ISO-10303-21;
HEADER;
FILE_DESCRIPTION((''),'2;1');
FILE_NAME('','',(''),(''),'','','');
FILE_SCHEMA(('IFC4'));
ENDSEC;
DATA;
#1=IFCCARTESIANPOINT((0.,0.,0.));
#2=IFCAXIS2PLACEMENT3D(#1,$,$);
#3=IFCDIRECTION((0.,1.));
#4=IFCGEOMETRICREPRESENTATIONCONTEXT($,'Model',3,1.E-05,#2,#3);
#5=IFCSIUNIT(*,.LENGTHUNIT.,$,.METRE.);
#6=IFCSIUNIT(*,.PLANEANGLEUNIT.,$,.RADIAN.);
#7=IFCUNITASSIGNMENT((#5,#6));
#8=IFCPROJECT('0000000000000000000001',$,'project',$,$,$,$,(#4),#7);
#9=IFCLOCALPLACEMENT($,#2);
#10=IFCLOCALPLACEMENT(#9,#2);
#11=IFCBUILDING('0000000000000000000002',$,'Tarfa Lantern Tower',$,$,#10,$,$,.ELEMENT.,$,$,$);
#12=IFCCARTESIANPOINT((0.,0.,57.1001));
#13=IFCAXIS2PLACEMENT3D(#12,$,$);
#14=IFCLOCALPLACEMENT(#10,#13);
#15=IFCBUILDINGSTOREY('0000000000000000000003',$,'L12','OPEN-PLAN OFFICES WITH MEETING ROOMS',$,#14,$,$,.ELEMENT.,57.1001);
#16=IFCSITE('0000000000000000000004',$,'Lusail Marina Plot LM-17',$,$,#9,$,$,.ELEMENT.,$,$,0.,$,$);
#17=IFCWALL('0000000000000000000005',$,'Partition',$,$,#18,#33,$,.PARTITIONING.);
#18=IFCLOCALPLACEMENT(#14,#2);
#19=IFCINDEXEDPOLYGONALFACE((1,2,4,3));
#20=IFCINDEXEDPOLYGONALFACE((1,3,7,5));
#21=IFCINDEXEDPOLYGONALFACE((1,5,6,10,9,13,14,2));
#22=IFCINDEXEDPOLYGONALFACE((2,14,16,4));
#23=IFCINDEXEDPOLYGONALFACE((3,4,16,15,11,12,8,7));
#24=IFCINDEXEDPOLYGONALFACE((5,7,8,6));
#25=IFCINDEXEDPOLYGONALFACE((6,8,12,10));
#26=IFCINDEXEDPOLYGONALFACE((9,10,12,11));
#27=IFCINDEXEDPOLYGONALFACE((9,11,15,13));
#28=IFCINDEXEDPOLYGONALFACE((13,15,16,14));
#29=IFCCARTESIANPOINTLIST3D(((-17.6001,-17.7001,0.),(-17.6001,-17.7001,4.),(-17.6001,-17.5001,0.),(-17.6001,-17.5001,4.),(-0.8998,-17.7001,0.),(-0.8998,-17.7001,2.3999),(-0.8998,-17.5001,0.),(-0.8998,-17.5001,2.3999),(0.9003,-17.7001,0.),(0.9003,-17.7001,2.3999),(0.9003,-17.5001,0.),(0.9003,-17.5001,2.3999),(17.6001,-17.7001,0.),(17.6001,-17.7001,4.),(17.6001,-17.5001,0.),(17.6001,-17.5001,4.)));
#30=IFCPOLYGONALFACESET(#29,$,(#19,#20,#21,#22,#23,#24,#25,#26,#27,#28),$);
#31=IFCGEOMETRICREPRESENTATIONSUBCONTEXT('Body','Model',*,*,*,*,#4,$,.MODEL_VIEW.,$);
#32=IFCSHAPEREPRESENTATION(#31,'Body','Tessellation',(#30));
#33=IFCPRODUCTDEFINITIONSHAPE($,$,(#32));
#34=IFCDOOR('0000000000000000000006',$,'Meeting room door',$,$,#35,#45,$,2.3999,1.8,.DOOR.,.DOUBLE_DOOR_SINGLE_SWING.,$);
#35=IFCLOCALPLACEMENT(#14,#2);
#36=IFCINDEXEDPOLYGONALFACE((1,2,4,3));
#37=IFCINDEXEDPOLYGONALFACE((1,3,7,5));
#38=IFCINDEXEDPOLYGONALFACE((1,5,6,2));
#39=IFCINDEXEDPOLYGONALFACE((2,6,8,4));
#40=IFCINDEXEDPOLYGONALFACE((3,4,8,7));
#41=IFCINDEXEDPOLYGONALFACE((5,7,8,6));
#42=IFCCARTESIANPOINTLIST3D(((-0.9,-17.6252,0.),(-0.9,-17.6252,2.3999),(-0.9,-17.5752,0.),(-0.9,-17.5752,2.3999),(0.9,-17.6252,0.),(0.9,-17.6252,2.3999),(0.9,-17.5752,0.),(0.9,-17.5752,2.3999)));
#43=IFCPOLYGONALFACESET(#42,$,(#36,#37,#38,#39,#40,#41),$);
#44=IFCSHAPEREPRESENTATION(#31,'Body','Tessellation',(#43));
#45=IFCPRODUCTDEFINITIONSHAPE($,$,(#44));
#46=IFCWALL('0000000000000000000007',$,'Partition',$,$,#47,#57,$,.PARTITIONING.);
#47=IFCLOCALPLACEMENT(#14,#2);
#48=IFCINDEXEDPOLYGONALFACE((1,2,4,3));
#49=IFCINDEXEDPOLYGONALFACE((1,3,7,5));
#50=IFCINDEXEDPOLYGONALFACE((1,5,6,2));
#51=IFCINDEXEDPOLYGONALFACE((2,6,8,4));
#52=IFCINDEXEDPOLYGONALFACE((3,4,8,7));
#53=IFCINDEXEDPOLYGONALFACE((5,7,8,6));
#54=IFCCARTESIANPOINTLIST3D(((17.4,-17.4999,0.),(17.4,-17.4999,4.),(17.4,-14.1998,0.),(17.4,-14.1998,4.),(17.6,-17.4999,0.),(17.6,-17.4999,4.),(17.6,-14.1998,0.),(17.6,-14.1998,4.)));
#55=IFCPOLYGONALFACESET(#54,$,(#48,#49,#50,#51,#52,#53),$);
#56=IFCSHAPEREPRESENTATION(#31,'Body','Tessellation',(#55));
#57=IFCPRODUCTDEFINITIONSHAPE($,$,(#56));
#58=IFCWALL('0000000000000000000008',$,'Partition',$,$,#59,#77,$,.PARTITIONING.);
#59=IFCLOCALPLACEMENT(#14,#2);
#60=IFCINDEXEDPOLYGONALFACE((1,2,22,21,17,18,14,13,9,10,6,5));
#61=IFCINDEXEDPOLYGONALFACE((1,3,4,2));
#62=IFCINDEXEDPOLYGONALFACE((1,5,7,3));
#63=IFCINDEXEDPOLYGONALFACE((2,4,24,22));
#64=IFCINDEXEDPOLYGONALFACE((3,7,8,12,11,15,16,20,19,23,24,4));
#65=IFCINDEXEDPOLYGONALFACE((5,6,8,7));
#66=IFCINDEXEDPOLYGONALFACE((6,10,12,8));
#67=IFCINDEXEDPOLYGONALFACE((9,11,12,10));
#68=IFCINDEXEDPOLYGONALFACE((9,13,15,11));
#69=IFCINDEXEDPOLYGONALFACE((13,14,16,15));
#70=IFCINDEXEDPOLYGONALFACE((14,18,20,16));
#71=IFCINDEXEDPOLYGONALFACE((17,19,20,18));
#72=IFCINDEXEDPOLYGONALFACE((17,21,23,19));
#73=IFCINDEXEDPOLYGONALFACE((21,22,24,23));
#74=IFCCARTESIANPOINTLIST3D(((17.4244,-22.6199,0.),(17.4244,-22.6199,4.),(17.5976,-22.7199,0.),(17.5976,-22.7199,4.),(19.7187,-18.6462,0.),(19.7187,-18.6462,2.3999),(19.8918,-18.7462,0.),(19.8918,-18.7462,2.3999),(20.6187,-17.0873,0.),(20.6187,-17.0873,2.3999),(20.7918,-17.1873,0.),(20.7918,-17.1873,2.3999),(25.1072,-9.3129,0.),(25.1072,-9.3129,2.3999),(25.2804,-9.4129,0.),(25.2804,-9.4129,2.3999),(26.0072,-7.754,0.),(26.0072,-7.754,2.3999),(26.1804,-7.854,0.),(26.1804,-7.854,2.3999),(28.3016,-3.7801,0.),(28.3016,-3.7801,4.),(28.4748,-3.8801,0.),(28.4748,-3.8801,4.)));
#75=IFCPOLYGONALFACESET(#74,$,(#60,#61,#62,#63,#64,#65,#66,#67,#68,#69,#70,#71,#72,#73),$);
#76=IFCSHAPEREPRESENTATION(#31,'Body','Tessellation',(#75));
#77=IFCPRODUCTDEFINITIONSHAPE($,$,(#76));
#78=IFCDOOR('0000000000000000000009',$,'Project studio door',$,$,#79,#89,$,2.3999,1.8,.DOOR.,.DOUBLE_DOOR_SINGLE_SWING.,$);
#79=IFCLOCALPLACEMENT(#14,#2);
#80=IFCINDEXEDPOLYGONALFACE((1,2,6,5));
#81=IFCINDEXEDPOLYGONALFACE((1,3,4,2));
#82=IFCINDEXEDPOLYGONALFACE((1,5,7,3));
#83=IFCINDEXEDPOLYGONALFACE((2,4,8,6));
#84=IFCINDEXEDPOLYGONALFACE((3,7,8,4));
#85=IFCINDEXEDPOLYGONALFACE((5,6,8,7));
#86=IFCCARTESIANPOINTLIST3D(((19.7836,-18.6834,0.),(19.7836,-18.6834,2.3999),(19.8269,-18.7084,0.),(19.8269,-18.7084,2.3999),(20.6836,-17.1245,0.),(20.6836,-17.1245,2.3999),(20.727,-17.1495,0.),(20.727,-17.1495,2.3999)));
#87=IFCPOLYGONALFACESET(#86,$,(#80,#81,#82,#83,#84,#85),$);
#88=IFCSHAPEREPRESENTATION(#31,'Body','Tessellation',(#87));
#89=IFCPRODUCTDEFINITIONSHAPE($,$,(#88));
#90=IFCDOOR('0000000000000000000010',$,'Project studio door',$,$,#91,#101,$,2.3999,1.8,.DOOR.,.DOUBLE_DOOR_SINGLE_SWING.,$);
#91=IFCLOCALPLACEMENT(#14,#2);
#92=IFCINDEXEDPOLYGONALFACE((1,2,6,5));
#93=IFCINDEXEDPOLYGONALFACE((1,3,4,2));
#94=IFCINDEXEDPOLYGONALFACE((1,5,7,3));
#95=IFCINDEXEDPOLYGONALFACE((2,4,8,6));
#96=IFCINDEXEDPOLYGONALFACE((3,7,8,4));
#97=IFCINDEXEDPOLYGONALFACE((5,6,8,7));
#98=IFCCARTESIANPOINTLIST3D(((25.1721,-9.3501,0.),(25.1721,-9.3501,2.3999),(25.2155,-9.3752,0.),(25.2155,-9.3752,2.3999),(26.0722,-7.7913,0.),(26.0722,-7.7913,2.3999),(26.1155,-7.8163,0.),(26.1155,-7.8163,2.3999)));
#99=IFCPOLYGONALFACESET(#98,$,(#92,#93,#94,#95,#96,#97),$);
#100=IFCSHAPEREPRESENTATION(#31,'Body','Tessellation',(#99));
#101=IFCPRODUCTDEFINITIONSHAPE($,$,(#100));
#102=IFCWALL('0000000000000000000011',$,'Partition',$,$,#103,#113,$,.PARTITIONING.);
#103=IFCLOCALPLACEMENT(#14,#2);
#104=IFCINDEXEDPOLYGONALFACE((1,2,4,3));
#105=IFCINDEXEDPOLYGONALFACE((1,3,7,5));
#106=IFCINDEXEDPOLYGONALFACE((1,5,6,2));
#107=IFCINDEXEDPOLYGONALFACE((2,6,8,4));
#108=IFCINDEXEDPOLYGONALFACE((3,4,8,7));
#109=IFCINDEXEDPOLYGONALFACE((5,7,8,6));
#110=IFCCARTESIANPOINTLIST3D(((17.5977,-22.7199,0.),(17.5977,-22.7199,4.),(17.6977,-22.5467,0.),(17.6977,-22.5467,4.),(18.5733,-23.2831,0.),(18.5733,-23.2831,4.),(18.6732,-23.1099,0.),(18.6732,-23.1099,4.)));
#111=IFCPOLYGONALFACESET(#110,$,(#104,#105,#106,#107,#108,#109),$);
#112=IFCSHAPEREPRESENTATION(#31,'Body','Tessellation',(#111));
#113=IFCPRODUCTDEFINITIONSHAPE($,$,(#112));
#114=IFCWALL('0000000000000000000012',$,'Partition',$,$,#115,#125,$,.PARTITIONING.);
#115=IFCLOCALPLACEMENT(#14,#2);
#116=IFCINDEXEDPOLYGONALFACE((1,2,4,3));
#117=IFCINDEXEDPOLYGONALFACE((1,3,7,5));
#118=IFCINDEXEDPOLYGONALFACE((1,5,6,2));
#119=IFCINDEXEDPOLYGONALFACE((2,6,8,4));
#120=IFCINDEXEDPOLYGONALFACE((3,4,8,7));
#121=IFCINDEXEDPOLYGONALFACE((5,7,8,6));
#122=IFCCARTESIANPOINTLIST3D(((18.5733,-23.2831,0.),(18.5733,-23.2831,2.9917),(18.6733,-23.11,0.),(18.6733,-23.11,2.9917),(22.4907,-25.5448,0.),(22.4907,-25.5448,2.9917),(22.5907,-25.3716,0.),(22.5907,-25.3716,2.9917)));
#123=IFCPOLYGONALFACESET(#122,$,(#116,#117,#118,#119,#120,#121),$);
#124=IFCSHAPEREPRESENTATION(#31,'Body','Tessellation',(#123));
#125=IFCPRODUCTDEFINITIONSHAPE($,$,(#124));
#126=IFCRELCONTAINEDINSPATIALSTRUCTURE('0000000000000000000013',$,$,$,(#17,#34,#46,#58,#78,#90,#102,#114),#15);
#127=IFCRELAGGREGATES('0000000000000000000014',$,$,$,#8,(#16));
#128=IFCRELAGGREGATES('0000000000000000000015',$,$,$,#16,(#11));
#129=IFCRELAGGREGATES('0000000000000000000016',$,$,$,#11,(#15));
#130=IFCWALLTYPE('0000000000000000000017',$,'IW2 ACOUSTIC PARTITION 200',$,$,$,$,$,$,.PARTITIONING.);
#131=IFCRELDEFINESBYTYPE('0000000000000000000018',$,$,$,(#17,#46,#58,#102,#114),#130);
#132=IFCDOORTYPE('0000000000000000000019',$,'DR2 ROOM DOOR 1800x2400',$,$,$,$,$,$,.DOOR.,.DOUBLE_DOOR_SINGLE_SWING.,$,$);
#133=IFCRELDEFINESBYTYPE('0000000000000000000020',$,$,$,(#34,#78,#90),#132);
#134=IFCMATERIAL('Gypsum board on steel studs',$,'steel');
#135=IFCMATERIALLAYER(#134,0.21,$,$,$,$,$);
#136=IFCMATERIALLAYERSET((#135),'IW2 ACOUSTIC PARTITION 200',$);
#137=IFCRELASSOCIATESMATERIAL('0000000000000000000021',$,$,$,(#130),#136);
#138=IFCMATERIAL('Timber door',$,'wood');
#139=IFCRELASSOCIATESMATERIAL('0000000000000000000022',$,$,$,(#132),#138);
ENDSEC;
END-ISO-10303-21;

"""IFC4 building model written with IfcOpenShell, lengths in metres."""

from ifc_helpers import new_model, si_unit, direction, frame, frame_2d, origin, place, context, subcontext, project, spatial, rectangle, extrude, material, layer, layer_set, type_object, element, fill, save


model = new_model("IFC4")

# Units and contexts
model_context = context("Model", 3, precision=1e-05, world=origin(), true_north=direction((0.0, 1.0)))
body_context = subcontext(model_context, "Body", "Model", "MODEL_VIEW")
ifc_project = project(units=[si_unit("LENGTHUNIT", "METRE"), si_unit("PLANEANGLEUNIT", "RADIAN")], contexts=[model_context])

# Site, building, storey
site_placement = place(None, origin())
site = spatial("IfcSite", under=ifc_project, at=site_placement, Name="Lusail Marina Plot LM-17", CompositionType="ELEMENT", RefElevation=0.0)
building_placement = place(site_placement, origin())
building = spatial("IfcBuilding", under=site, at=building_placement, Name="Tarfa Lantern Tower", CompositionType="ELEMENT")
storey_placement = place(building_placement, frame((0.0, 0.0, 57.1001)))
storey = spatial("IfcBuildingStorey", under=building, at=storey_placement, Name="L12", Description="OPEN-PLAN OFFICES WITH MEETING ROOMS", CompositionType="ELEMENT", Elevation=57.1001)

# Wall, opening, door
ifc_material_1 = material(Name="Gypsum board on steel studs", Category="steel")
ifc_layer_1 = layer(ifc_material_1, 0.21)
ifc_layer_set_1 = layer_set([ifc_layer_1], Name="IW2 ACOUSTIC PARTITION 200")
wall_type = type_object("IfcWallType", Name="IW2 ACOUSTIC PARTITION 200", PredefinedType="PARTITIONING", material=ifc_layer_set_1)
wall_1_placement = place(storey_placement, frame((17.6001, -17.6001, 0.0), z_axis=(0.0, 0.0, 1.0), x_axis=(-1.0, 0.0, 0.0)))
wall_1 = element("IfcWall", 1, at=wall_1_placement, inside=storey, type_object=wall_type, Name="Partition", PredefinedType="PARTITIONING", context=body_context, shape_type="SweptSolid", body=[
    extrude(rectangle(XDim=35.2002, YDim=0.2, at=frame_2d((17.6001, 0.0))), origin(), (0.0, 0.0, 1.0), 4.0),
])
opening_1_placement = place(wall_1_placement, frame((16.7, 0.0, 0.0)))
opening_1 = element("IfcOpeningElement", 2, at=opening_1_placement, cuts=wall_1, PredefinedType="OPENING", context=body_context, shape_type="SweptSolid", body=[
    extrude(rectangle(XDim=1.8, YDim=2.3999, at=frame_2d((0.8999, 1.2))), frame((0.0, 0.1099, 0.0), z_axis=(0.0, -1.0, 0.0), x_axis=(1.0, 0.0, 0.0)), (0.0, 0.0, 1.0), 0.22),
])
ifc_material_2 = material(Name="Timber door", Category="wood")
door_type = type_object("IfcDoorType", Name="DR2 ROOM DOOR 1800x2400", OperationType="DOUBLE_DOOR_SINGLE_SWING", PredefinedType="DOOR", material=ifc_material_2)
door_1_placement = place(opening_1_placement, frame((1.8, 0.0, 0.0), z_axis=(0.0, 0.0, 1.0), x_axis=(-1.0, 0.0, 0.0)))
door_1 = element("IfcDoor", 3, at=door_1_placement, inside=storey, type_object=door_type, Name="Meeting room door", OperationType="DOUBLE_DOOR_SINGLE_SWING", OverallHeight=2.3999, OverallWidth=1.8, PredefinedType="DOOR", context=body_context, shape_type="SweptSolid", body=[
    extrude(rectangle(XDim=1.8, YDim=2.3999, at=frame_2d((0.8999, 1.2))), frame((0.0, 0.0249, 0.0), z_axis=(0.0, -1.0, 0.0), x_axis=(1.0, 0.0, 0.0)), (0.0, 0.0, 1.0), 0.05),
])
fill(opening_1, door_1)

# Wall
wall_2_placement = place(storey_placement, frame((17.5, -14.2, 0.0), z_axis=(0.0, 0.0, 1.0), x_axis=(0.0, -1.0, 0.0)))
element("IfcWall", 4, at=wall_2_placement, inside=storey, type_object=wall_type, Name="Partition", PredefinedType="PARTITIONING", context=body_context, shape_type="SweptSolid", body=[
    extrude(rectangle(XDim=3.3, YDim=0.2, at=frame_2d((1.6499, 0.0))), origin(), (0.0, 0.0, 1.0), 4.0),
])

# Wall, openings, doors
wall_3_placement = place(storey_placement, frame((17.511, -22.6699, 0.0), z_axis=(0.0, 0.0, 1.0), x_axis=(0.5, 0.866025, 0.0)))
wall_3 = element("IfcWall", 5, at=wall_3_placement, inside=storey, type_object=wall_type, Name="Partition", PredefinedType="PARTITIONING", context=body_context, shape_type="SweptSolid", body=[
    extrude(rectangle(XDim=21.7544, YDim=0.2, at=frame_2d((10.8772, 0.0))), origin(), (0.0, 0.0, 1.0), 4.0),
])
opening_2_placement = place(wall_3_placement, frame((4.5886, 0.0, 0.0)))
opening_2 = element("IfcOpeningElement", 6, at=opening_2_placement, cuts=wall_3, PredefinedType="OPENING", context=body_context, shape_type="SweptSolid", body=[
    extrude(rectangle(XDim=1.8, YDim=2.3999, at=frame_2d((0.8999, 1.2))), frame((0.0, 0.1099, 0.0), z_axis=(0.0, -1.0, 0.0), x_axis=(1.0, 0.0, 0.0)), (0.0, 0.0, 1.0), 0.22),
])
opening_3_placement = place(wall_3_placement, frame((15.3657, 0.0, 0.0)))
opening_3 = element("IfcOpeningElement", 7, at=opening_3_placement, cuts=wall_3, PredefinedType="OPENING", context=body_context, shape_type="SweptSolid", body=[
    extrude(rectangle(XDim=1.8, YDim=2.3999, at=frame_2d((0.8999, 1.2))), frame((0.0, 0.1099, 0.0), z_axis=(0.0, -1.0, 0.0), x_axis=(1.0, 0.0, 0.0)), (0.0, 0.0, 1.0), 0.22),
])
door_2_placement = place(opening_2_placement, frame((1.8, 0.0, 0.0), z_axis=(0.0, 0.0, 1.0), x_axis=(-1.0, 0.0, 0.0)))
door_2 = element("IfcDoor", 8, at=door_2_placement, inside=storey, type_object=door_type, Name="Project studio door", OperationType="DOUBLE_DOOR_SINGLE_SWING", OverallHeight=2.3999, OverallWidth=1.8, PredefinedType="DOOR", context=body_context, shape_type="SweptSolid", body=[
    extrude(rectangle(XDim=1.8, YDim=2.3999, at=frame_2d((0.8999, 1.2))), frame((0.0, 0.0249, 0.0), z_axis=(0.0, -1.0, 0.0), x_axis=(1.0, 0.0, 0.0)), (0.0, 0.0, 1.0), 0.05),
])
fill(opening_2, door_2)
door_3_placement = place(opening_3_placement, frame((1.8, 0.0, 0.0), z_axis=(0.0, 0.0, 1.0), x_axis=(-1.0, 0.0, 0.0)))
door_3 = element("IfcDoor", 9, at=door_3_placement, inside=storey, type_object=door_type, Name="Project studio door", OperationType="DOUBLE_DOOR_SINGLE_SWING", OverallHeight=2.3999, OverallWidth=1.8, PredefinedType="DOOR", context=body_context, shape_type="SweptSolid", body=[
    extrude(rectangle(XDim=1.8, YDim=2.3999, at=frame_2d((0.8999, 1.2))), frame((0.0, 0.0249, 0.0), z_axis=(0.0, -1.0, 0.0), x_axis=(1.0, 0.0, 0.0)), (0.0, 0.0, 1.0), 0.05),
])
fill(opening_3, door_3)

# Walls
wall_4_placement = place(storey_placement, frame((17.6477, -22.6333, 0.0), z_axis=(0.0, 0.0, 1.0), x_axis=(0.866034, -0.499985, 0.0)))
element("IfcWall", 10, at=wall_4_placement, inside=storey, type_object=wall_type, Name="Partition", PredefinedType="PARTITIONING", context=body_context, shape_type="SweptSolid", body=[
    extrude(rectangle(XDim=1.1265, YDim=0.2, at=frame_2d((0.5632, 0.0))), origin(), (0.0, 0.0, 1.0), 4.0),
])
wall_5_placement = place(storey_placement, frame((18.6233, -23.1965, 0.0), z_axis=(0.0, 0.0, 1.0), x_axis=(0.866029, -0.499993, 0.0)))
element("IfcWall", 11, at=wall_5_placement, inside=storey, type_object=wall_type, Name="Partition", PredefinedType="PARTITIONING", context=body_context, shape_type="SweptSolid", body=[
    extrude(rectangle(XDim=4.5234, YDim=0.2, at=frame_2d((2.2617, 0.0))), origin(), (0.0, 0.0, 1.0), 2.9917),
])

save(model, "model.ifc")
